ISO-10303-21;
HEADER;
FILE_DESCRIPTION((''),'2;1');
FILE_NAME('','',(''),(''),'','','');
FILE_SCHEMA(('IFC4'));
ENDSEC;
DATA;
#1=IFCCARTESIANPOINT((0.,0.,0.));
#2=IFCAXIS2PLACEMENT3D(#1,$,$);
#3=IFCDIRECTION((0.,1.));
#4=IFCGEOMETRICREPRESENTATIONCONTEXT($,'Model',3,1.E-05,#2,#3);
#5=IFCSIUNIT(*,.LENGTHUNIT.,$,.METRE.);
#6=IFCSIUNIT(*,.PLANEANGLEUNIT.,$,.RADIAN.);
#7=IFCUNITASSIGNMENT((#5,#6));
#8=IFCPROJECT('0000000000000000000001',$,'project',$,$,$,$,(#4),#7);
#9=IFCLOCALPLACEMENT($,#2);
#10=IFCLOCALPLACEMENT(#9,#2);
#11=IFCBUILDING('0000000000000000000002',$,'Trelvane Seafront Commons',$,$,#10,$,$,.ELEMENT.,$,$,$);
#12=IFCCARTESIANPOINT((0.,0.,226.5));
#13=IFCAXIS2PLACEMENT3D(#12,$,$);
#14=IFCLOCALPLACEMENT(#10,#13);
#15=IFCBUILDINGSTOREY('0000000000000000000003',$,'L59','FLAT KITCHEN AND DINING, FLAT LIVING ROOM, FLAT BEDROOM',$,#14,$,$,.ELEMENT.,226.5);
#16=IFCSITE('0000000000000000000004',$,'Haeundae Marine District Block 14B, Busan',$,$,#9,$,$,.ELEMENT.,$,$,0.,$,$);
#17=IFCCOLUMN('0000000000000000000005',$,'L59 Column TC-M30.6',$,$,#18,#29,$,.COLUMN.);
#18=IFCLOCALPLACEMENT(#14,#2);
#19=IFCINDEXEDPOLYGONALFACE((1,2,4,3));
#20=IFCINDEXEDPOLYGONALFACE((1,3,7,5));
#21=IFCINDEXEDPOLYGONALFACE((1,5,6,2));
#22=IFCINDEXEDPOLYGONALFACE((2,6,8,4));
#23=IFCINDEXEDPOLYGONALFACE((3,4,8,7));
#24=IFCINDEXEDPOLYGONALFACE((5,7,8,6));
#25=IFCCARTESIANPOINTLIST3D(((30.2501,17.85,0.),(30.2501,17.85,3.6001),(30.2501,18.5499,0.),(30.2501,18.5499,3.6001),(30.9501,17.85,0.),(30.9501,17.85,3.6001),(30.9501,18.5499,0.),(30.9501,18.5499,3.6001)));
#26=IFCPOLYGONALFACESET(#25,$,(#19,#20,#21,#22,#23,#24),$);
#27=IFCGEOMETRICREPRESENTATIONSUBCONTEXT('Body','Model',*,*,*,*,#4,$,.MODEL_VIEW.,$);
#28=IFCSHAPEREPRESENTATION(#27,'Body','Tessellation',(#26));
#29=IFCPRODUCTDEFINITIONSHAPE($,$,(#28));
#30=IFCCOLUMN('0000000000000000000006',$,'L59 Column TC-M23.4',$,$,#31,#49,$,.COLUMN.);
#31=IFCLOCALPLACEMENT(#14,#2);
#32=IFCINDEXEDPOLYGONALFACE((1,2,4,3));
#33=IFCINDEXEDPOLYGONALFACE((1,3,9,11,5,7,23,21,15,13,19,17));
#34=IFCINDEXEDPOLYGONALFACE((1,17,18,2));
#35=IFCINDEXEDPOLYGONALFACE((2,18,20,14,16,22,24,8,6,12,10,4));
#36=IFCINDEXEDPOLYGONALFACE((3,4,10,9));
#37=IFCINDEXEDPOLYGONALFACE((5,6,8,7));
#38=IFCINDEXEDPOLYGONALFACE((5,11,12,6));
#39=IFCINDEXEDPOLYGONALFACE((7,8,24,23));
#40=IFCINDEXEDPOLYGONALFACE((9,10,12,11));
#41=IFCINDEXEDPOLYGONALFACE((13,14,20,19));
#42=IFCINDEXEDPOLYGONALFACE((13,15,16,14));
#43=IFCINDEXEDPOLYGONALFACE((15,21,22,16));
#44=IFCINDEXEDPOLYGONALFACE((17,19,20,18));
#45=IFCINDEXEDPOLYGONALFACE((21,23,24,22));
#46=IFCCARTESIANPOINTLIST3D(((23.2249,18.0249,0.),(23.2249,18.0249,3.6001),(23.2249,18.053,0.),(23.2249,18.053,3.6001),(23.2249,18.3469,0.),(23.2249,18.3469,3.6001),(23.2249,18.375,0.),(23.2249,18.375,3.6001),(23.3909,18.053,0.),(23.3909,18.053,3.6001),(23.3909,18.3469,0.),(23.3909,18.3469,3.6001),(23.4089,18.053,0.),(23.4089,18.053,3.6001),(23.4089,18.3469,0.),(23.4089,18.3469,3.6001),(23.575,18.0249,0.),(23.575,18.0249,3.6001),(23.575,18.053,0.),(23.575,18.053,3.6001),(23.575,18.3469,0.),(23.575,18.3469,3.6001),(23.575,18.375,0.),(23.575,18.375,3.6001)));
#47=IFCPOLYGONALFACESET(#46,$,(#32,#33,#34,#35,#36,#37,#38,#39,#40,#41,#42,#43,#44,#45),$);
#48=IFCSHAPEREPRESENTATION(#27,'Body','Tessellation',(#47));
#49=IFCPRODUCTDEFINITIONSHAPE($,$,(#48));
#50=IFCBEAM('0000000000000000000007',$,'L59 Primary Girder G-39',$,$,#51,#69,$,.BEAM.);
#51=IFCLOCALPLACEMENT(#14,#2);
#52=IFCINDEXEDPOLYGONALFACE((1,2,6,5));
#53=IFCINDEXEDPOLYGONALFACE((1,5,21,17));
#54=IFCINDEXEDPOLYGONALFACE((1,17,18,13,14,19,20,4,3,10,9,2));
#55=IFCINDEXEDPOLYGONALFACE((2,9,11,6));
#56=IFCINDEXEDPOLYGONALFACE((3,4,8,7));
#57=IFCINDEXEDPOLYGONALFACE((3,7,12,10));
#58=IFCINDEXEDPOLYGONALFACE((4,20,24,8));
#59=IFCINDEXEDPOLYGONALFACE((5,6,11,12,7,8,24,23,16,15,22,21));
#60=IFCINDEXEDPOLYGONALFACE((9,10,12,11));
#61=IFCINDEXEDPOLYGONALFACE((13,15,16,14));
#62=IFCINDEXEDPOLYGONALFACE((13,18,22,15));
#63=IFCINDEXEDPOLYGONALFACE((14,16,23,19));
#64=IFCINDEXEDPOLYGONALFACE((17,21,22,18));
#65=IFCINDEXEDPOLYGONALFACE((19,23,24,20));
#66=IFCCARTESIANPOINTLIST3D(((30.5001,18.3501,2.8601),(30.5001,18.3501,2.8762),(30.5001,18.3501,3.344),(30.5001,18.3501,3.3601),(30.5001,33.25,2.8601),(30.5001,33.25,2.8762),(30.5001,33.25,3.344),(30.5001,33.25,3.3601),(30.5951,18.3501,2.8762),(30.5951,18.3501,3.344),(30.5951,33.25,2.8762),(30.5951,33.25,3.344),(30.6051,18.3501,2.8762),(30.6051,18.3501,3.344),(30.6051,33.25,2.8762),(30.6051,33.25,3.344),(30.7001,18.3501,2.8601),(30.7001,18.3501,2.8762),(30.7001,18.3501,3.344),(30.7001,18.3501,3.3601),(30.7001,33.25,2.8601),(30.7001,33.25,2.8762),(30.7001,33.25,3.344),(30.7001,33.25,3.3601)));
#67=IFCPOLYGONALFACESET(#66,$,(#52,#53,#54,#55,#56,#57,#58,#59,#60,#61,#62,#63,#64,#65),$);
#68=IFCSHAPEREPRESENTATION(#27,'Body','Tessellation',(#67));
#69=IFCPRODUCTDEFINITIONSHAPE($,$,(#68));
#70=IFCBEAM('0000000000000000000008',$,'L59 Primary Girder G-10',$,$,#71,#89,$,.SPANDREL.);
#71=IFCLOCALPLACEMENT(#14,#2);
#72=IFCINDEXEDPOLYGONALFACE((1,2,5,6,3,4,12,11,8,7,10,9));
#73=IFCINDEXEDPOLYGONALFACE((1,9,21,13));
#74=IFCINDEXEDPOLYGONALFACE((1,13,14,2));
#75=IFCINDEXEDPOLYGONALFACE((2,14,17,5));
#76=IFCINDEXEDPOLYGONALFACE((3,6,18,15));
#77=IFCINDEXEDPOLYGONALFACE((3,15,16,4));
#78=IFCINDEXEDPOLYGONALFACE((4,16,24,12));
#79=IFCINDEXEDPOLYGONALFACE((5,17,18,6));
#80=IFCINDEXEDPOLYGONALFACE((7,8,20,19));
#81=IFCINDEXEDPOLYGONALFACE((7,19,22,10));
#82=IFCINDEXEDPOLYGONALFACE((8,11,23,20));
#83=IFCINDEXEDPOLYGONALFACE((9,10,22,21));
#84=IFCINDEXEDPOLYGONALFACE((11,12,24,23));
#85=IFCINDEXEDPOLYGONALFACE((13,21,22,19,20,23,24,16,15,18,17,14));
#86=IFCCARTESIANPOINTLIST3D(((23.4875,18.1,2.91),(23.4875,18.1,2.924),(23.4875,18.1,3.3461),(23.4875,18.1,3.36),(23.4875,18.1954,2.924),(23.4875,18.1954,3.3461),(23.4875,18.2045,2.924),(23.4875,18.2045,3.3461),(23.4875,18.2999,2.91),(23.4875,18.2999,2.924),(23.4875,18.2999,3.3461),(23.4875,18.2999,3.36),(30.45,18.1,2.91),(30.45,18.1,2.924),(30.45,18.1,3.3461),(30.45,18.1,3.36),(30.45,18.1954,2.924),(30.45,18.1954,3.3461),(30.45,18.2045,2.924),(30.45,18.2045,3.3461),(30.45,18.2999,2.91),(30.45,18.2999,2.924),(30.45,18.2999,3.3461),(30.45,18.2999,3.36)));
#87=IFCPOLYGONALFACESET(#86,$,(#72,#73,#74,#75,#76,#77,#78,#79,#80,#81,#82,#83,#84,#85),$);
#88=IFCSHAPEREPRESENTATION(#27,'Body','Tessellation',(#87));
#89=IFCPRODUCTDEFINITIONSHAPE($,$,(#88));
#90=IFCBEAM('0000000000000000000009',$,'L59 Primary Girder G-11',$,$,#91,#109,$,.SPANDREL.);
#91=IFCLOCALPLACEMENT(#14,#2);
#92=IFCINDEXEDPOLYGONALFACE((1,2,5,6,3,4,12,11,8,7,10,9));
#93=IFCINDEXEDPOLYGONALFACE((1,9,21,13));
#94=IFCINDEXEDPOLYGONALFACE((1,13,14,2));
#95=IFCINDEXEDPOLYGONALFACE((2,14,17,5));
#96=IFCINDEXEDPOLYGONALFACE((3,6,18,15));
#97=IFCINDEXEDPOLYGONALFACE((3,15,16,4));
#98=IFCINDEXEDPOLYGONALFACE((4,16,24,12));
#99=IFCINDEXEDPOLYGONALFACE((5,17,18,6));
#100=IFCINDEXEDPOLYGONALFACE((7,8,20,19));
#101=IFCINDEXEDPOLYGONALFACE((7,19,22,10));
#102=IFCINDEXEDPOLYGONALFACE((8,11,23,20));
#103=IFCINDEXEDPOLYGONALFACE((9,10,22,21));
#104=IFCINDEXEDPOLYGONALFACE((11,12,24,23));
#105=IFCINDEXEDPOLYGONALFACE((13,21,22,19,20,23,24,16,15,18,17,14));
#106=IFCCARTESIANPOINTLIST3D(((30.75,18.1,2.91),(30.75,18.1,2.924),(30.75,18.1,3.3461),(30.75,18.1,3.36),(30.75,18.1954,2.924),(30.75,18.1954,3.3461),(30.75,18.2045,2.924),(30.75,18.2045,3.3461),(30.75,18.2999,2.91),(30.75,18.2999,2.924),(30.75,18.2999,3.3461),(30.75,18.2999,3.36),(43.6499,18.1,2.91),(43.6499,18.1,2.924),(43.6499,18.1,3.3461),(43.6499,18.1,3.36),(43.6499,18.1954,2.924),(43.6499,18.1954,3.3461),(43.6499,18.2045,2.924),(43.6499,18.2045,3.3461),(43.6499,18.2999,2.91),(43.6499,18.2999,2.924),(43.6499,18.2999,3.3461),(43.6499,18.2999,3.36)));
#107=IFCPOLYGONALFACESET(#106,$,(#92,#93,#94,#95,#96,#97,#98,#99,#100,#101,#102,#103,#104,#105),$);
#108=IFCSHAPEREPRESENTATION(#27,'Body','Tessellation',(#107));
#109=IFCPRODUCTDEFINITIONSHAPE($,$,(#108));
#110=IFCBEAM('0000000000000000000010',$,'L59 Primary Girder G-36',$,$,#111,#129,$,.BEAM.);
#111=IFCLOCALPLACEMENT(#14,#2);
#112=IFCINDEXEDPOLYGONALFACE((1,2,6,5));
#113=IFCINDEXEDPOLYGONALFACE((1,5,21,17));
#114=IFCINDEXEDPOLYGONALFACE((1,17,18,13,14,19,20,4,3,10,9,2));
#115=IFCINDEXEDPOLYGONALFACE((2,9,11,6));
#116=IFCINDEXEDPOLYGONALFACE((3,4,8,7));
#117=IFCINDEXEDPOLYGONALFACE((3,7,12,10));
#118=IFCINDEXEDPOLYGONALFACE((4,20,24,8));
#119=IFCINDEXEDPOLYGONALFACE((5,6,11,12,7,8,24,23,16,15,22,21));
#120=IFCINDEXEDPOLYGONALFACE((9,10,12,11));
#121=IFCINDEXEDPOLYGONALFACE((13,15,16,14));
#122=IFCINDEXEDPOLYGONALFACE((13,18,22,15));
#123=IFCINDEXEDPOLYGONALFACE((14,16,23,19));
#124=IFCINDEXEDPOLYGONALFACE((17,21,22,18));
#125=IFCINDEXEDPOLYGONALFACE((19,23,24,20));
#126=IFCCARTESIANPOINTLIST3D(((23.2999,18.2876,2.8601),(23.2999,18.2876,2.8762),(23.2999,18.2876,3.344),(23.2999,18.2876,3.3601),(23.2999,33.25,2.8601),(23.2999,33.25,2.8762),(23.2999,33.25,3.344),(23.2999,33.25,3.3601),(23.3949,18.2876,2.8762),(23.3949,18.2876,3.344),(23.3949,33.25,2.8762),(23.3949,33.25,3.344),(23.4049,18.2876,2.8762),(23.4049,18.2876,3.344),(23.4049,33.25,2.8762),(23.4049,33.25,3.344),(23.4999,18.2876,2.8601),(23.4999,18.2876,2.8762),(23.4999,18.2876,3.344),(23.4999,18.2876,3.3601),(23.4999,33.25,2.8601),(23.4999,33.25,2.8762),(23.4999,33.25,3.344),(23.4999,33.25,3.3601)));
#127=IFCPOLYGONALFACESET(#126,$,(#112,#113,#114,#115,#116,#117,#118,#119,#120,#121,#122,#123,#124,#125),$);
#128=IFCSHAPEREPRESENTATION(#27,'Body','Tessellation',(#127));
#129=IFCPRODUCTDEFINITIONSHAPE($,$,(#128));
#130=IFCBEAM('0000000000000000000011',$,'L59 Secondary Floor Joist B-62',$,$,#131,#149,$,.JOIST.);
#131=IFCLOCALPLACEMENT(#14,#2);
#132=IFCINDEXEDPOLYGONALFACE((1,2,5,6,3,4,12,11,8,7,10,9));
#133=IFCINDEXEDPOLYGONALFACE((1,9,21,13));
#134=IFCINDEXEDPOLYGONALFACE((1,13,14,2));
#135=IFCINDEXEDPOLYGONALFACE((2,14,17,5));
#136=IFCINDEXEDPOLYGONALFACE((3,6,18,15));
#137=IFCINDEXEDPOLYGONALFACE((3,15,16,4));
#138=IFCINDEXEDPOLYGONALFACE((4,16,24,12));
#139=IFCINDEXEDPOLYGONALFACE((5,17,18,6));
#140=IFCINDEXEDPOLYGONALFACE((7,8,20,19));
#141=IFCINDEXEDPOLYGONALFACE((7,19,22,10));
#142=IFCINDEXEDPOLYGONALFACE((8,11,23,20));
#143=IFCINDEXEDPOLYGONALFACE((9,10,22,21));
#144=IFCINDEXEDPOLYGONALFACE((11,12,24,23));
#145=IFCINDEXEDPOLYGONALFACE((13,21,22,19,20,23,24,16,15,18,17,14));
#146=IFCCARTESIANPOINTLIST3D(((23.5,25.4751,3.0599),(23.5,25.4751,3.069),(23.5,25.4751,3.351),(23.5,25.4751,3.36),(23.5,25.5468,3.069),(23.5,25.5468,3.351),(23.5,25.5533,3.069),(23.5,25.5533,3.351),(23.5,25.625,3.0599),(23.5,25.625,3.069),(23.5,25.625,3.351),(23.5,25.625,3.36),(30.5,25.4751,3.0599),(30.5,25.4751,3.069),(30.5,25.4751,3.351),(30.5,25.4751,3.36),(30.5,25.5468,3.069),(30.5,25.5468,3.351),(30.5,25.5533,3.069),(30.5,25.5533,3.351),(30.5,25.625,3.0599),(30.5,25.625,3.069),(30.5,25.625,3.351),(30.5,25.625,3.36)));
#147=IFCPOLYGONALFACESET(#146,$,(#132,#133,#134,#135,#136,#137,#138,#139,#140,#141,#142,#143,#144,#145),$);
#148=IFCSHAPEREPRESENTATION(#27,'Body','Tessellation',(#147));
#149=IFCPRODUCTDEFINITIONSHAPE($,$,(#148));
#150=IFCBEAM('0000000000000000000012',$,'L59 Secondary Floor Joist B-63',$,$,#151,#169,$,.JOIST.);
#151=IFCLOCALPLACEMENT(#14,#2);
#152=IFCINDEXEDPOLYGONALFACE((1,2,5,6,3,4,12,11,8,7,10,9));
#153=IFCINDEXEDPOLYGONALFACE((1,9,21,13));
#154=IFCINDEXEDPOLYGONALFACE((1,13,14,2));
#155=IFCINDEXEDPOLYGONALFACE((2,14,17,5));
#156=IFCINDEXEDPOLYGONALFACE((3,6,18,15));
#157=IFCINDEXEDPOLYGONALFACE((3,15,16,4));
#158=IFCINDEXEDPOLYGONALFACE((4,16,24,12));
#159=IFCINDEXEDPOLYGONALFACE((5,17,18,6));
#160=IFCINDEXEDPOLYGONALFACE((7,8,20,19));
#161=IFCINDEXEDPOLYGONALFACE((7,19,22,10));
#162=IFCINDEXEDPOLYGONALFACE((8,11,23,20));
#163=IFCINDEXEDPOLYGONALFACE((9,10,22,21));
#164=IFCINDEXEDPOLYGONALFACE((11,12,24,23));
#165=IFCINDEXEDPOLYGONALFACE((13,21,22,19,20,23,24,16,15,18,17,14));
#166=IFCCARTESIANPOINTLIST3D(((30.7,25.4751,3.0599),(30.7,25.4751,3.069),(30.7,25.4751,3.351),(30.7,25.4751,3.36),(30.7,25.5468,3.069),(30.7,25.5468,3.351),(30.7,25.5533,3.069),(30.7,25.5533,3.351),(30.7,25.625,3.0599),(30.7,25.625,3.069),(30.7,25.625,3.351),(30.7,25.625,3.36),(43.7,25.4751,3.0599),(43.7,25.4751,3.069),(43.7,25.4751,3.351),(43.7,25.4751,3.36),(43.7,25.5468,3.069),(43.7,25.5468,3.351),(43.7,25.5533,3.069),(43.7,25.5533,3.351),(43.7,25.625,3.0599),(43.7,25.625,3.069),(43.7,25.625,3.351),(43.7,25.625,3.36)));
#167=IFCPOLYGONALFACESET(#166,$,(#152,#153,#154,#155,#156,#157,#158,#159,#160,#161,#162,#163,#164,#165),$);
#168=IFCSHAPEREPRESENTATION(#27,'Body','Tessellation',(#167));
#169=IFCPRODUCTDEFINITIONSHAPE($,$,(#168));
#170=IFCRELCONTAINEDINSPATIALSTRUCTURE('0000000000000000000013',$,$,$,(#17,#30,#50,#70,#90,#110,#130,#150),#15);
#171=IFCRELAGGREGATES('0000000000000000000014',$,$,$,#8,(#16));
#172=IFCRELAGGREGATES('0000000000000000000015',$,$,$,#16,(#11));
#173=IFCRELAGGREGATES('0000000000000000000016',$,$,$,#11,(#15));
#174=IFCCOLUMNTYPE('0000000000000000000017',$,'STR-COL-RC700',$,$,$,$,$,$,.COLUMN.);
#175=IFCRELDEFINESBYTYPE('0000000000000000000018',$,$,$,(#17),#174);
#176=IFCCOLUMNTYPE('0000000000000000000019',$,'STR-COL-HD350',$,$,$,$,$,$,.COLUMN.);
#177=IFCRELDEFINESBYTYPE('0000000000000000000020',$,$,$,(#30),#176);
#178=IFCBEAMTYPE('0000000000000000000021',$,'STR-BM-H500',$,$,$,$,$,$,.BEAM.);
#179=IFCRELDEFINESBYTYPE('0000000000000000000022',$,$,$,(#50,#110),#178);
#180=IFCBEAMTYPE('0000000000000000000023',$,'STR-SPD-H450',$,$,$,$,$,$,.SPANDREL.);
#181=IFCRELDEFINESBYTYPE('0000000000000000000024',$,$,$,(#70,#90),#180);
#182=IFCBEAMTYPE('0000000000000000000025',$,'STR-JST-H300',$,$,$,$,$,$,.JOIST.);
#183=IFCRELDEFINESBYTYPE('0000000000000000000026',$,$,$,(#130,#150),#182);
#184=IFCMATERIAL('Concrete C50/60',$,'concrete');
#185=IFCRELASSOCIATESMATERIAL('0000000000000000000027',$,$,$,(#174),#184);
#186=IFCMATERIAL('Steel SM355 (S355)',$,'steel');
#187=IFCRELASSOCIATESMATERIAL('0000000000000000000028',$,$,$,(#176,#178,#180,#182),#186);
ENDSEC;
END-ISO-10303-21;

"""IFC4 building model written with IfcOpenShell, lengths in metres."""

from ifc_helpers import new_model, si_unit, direction, frame, origin, origin_2d, place, context, subcontext, project, spatial, rectangle, i_section, extrude, source, transform, mapped, material, material_profile, profile_set, type_object, element, save


model = new_model("IFC4")

# Units and contexts
model_context = context("Model", 3, precision=1e-05, world=origin(), true_north=direction((0.0, 1.0)))
body_context = subcontext(model_context, "Body", "Model", "MODEL_VIEW")
ifc_project = project(units=[si_unit("LENGTHUNIT", "METRE"), si_unit("PLANEANGLEUNIT", "RADIAN")], contexts=[model_context])

# Site, building, storey
site_placement = place(None, origin())
site = spatial("IfcSite", under=ifc_project, at=site_placement, Name="Haeundae Marine District Block 14B, Busan", CompositionType="ELEMENT", RefElevation=0.0)
building_placement = place(site_placement, origin())
building = spatial("IfcBuilding", under=site, at=building_placement, Name="Trelvane Seafront Commons", CompositionType="ELEMENT")
storey_placement = place(building_placement, frame((0.0, 0.0, 226.5)))
storey = spatial("IfcBuildingStorey", under=building, at=storey_placement, Name="L59", Description="FLAT KITCHEN AND DINING, FLAT LIVING ROOM, FLAT BEDROOM", CompositionType="ELEMENT", Elevation=226.5)

# Columns
ifc_material_1 = material(Name="Concrete C50/60", Category="concrete")
ifc_material_profile_1 = material_profile(ifc_material_1, rectangle(XDim=0.7, YDim=0.7, at=origin_2d()), Name="RC-700x700")
ifc_profile_set_1 = profile_set([ifc_material_profile_1], Name="Concrete C50/60")
column_type_1 = type_object("IfcColumnType", Name="STR-COL-RC700", PredefinedType="COLUMN", material=ifc_profile_set_1)
shared_shape_1 = source(origin(), body_context, "Body", "SweptSolid", [
    extrude(rectangle(XDim=0.7, YDim=0.7, at=origin_2d()), origin(), (0.0, 0.0, 1.0), 3.6001),
])
column_1_placement = place(storey_placement, frame((30.6001, 18.2, 0.0), z_axis=(0.0, 0.0, 1.0), x_axis=(1.0, 0.0, 0.0)))
element("IfcColumn", 1, at=column_1_placement, inside=storey, type_object=column_type_1, Name="L59 Column TC-M30.6", PredefinedType="COLUMN", context=body_context, shape_type="MappedRepresentation", body=[
    mapped(shared_shape_1, transform((0.0, 0.0, 0.0), x_axis=(1.0, 0.0, 0.0), y_axis=(0.0, 1.0, 0.0), z_axis=(0.0, 0.0, 1.0), scale=1.0)),
])
ifc_material_2 = material(Name="Steel SM355 (S355)", Category="steel")
ifc_material_profile_2 = material_profile(ifc_material_2, i_section(OverallWidth=0.3501, OverallDepth=0.3501, WebThickness=0.0181, FlangeThickness=0.0281, at=origin_2d()), Name="HD-350x350x18x28")
ifc_profile_set_2 = profile_set([ifc_material_profile_2], Name="Steel SM355 (S355)")
column_type_2 = type_object("IfcColumnType", Name="STR-COL-HD350", PredefinedType="COLUMN", material=ifc_profile_set_2)
shared_shape_2 = source(origin(), body_context, "Body", "SweptSolid", [
    extrude(i_section(OverallWidth=0.3501, OverallDepth=0.3501, WebThickness=0.0181, FlangeThickness=0.0281, at=origin_2d()), origin(), (0.0, 0.0, 1.0), 3.6001),
])
column_2_placement = place(storey_placement, frame((23.3999, 18.2, 0.0), z_axis=(0.0, 0.0, 1.0), x_axis=(1.0, 0.0, 0.0)))
element("IfcColumn", 2, at=column_2_placement, inside=storey, type_object=column_type_2, Name="L59 Column TC-M23.4", PredefinedType="COLUMN", context=body_context, shape_type="MappedRepresentation", body=[
    mapped(shared_shape_2, transform((0.0, 0.0, 0.0), x_axis=(1.0, 0.0, 0.0), y_axis=(0.0, 1.0, 0.0), z_axis=(0.0, 0.0, 1.0), scale=1.0)),
])

# Beams
ifc_material_profile_3 = material_profile(ifc_material_2, i_section(OverallWidth=0.2, OverallDepth=0.5, WebThickness=0.01, FlangeThickness=0.0161, at=origin_2d()), Name="H-500x200x10x16")
ifc_profile_set_3 = profile_set([ifc_material_profile_3], Name="Steel SM355 (S355)")
beam_type_1 = type_object("IfcBeamType", Name="STR-BM-H500", PredefinedType="BEAM", material=ifc_profile_set_3)
shared_shape_3 = source(origin(), body_context, "Body", "SweptSolid", [
    extrude(i_section(OverallWidth=0.2, OverallDepth=0.5, WebThickness=0.01, FlangeThickness=0.0161, at=origin_2d()), origin(), (0.0, 0.0, 1.0), 14.8999),
])
beam_1_placement = place(storey_placement, frame((30.6001, 18.3501, 3.1101), z_axis=(0.0, 1.0, 0.0), x_axis=(-1.0, 0.0, 0.0)))
element("IfcBeam", 3, at=beam_1_placement, inside=storey, type_object=beam_type_1, Name="L59 Primary Girder G-39", PredefinedType="BEAM", context=body_context, shape_type="MappedRepresentation", body=[
    mapped(shared_shape_3, transform((0.0, 0.0, 0.0), x_axis=(1.0, 0.0, 0.0), y_axis=(0.0, 1.0, 0.0), z_axis=(0.0, 0.0, 1.0), scale=1.0)),
])
ifc_material_profile_4 = material_profile(ifc_material_2, i_section(OverallWidth=0.2, OverallDepth=0.45, WebThickness=0.009, FlangeThickness=0.0139, at=origin_2d()), Name="H-450x200x9x14")
ifc_profile_set_4 = profile_set([ifc_material_profile_4], Name="Steel SM355 (S355)")
beam_type_2 = type_object("IfcBeamType", Name="STR-SPD-H450", PredefinedType="SPANDREL", material=ifc_profile_set_4)
shared_shape_4 = source(origin(), body_context, "Body", "SweptSolid", [
    extrude(i_section(OverallWidth=0.2, OverallDepth=0.45, WebThickness=0.009, FlangeThickness=0.0139, at=origin_2d()), origin(), (0.0, 0.0, 1.0), 6.9624),
])
beam_2_placement = place(storey_placement, frame((23.4875, 18.2, 3.135), z_axis=(1.0, 0.0, 0.0), x_axis=(0.0, 1.0, 0.0)))
element("IfcBeam", 4, at=beam_2_placement, inside=storey, type_object=beam_type_2, Name="L59 Primary Girder G-10", PredefinedType="SPANDREL", context=body_context, shape_type="MappedRepresentation", body=[
    mapped(shared_shape_4, transform((0.0, 0.0, 0.0), x_axis=(1.0, 0.0, 0.0), y_axis=(0.0, 1.0, 0.0), z_axis=(0.0, 0.0, 1.0), scale=1.0)),
])
shared_shape_5 = source(origin(), body_context, "Body", "SweptSolid", [
    extrude(i_section(OverallWidth=0.2, OverallDepth=0.45, WebThickness=0.009, FlangeThickness=0.0139, at=origin_2d()), origin(), (0.0, 0.0, 1.0), 12.8999),
])
beam_3_placement = place(storey_placement, frame((30.75, 18.2, 3.135), z_axis=(1.0, 0.0, 0.0), x_axis=(0.0, 1.0, 0.0)))
element("IfcBeam", 5, at=beam_3_placement, inside=storey, type_object=beam_type_2, Name="L59 Primary Girder G-11", PredefinedType="SPANDREL", context=body_context, shape_type="MappedRepresentation", body=[
    mapped(shared_shape_5, transform((0.0, 0.0, 0.0), x_axis=(1.0, 0.0, 0.0), y_axis=(0.0, 1.0, 0.0), z_axis=(0.0, 0.0, 1.0), scale=1.0)),
])
shared_shape_6 = source(origin(), body_context, "Body", "SweptSolid", [
    extrude(i_section(OverallWidth=0.2, OverallDepth=0.5, WebThickness=0.01, FlangeThickness=0.0161, at=origin_2d()), origin(), (0.0, 0.0, 1.0), 14.9624),
])
beam_4_placement = place(storey_placement, frame((23.3999, 18.2876, 3.1101), z_axis=(0.0, 1.0, 0.0), x_axis=(-1.0, 0.0, 0.0)))
element("IfcBeam", 6, at=beam_4_placement, inside=storey, type_object=beam_type_1, Name="L59 Primary Girder G-36", PredefinedType="BEAM", context=body_context, shape_type="MappedRepresentation", body=[
    mapped(shared_shape_6, transform((0.0, 0.0, 0.0), x_axis=(1.0, 0.0, 0.0), y_axis=(0.0, 1.0, 0.0), z_axis=(0.0, 0.0, 1.0), scale=1.0)),
])
ifc_material_profile_5 = material_profile(ifc_material_2, i_section(OverallWidth=0.1499, OverallDepth=0.3, WebThickness=0.0066, FlangeThickness=0.009, at=origin_2d()), Name="H-300x150x6.5x9")
ifc_profile_set_5 = profile_set([ifc_material_profile_5], Name="Steel SM355 (S355)")
beam_type_3 = type_object("IfcBeamType", Name="STR-JST-H300", PredefinedType="JOIST", material=ifc_profile_set_5)
shared_shape_7 = source(origin(), body_context, "Body", "SweptSolid", [
    extrude(i_section(OverallWidth=0.1499, OverallDepth=0.3, WebThickness=0.0066, FlangeThickness=0.009, at=origin_2d()), origin(), (0.0, 0.0, 1.0), 7.0),
])
beam_5_placement = place(storey_placement, frame((23.5, 25.55, 3.21), z_axis=(1.0, 0.0, 0.0), x_axis=(0.0, 1.0, 0.0)))
element("IfcBeam", 7, at=beam_5_placement, inside=storey, type_object=beam_type_3, Name="L59 Secondary Floor Joist B-62", PredefinedType="JOIST", context=body_context, shape_type="MappedRepresentation", body=[
    mapped(shared_shape_7, transform((0.0, 0.0, 0.0), x_axis=(1.0, 0.0, 0.0), y_axis=(0.0, 1.0, 0.0), z_axis=(0.0, 0.0, 1.0), scale=1.0)),
])
shared_shape_8 = source(origin(), body_context, "Body", "SweptSolid", [
    extrude(i_section(OverallWidth=0.1499, OverallDepth=0.3, WebThickness=0.0066, FlangeThickness=0.009, at=origin_2d()), origin(), (0.0, 0.0, 1.0), 13.0),
])
beam_6_placement = place(storey_placement, frame((30.7, 25.55, 3.21), z_axis=(1.0, 0.0, 0.0), x_axis=(0.0, 1.0, 0.0)))
element("IfcBeam", 8, at=beam_6_placement, inside=storey, type_object=beam_type_3, Name="L59 Secondary Floor Joist B-63", PredefinedType="JOIST", context=body_context, shape_type="MappedRepresentation", body=[
    mapped(shared_shape_8, transform((0.0, 0.0, 0.0), x_axis=(1.0, 0.0, 0.0), y_axis=(0.0, 1.0, 0.0), z_axis=(0.0, 0.0, 1.0), scale=1.0)),
])

save(model, "model.ifc")
